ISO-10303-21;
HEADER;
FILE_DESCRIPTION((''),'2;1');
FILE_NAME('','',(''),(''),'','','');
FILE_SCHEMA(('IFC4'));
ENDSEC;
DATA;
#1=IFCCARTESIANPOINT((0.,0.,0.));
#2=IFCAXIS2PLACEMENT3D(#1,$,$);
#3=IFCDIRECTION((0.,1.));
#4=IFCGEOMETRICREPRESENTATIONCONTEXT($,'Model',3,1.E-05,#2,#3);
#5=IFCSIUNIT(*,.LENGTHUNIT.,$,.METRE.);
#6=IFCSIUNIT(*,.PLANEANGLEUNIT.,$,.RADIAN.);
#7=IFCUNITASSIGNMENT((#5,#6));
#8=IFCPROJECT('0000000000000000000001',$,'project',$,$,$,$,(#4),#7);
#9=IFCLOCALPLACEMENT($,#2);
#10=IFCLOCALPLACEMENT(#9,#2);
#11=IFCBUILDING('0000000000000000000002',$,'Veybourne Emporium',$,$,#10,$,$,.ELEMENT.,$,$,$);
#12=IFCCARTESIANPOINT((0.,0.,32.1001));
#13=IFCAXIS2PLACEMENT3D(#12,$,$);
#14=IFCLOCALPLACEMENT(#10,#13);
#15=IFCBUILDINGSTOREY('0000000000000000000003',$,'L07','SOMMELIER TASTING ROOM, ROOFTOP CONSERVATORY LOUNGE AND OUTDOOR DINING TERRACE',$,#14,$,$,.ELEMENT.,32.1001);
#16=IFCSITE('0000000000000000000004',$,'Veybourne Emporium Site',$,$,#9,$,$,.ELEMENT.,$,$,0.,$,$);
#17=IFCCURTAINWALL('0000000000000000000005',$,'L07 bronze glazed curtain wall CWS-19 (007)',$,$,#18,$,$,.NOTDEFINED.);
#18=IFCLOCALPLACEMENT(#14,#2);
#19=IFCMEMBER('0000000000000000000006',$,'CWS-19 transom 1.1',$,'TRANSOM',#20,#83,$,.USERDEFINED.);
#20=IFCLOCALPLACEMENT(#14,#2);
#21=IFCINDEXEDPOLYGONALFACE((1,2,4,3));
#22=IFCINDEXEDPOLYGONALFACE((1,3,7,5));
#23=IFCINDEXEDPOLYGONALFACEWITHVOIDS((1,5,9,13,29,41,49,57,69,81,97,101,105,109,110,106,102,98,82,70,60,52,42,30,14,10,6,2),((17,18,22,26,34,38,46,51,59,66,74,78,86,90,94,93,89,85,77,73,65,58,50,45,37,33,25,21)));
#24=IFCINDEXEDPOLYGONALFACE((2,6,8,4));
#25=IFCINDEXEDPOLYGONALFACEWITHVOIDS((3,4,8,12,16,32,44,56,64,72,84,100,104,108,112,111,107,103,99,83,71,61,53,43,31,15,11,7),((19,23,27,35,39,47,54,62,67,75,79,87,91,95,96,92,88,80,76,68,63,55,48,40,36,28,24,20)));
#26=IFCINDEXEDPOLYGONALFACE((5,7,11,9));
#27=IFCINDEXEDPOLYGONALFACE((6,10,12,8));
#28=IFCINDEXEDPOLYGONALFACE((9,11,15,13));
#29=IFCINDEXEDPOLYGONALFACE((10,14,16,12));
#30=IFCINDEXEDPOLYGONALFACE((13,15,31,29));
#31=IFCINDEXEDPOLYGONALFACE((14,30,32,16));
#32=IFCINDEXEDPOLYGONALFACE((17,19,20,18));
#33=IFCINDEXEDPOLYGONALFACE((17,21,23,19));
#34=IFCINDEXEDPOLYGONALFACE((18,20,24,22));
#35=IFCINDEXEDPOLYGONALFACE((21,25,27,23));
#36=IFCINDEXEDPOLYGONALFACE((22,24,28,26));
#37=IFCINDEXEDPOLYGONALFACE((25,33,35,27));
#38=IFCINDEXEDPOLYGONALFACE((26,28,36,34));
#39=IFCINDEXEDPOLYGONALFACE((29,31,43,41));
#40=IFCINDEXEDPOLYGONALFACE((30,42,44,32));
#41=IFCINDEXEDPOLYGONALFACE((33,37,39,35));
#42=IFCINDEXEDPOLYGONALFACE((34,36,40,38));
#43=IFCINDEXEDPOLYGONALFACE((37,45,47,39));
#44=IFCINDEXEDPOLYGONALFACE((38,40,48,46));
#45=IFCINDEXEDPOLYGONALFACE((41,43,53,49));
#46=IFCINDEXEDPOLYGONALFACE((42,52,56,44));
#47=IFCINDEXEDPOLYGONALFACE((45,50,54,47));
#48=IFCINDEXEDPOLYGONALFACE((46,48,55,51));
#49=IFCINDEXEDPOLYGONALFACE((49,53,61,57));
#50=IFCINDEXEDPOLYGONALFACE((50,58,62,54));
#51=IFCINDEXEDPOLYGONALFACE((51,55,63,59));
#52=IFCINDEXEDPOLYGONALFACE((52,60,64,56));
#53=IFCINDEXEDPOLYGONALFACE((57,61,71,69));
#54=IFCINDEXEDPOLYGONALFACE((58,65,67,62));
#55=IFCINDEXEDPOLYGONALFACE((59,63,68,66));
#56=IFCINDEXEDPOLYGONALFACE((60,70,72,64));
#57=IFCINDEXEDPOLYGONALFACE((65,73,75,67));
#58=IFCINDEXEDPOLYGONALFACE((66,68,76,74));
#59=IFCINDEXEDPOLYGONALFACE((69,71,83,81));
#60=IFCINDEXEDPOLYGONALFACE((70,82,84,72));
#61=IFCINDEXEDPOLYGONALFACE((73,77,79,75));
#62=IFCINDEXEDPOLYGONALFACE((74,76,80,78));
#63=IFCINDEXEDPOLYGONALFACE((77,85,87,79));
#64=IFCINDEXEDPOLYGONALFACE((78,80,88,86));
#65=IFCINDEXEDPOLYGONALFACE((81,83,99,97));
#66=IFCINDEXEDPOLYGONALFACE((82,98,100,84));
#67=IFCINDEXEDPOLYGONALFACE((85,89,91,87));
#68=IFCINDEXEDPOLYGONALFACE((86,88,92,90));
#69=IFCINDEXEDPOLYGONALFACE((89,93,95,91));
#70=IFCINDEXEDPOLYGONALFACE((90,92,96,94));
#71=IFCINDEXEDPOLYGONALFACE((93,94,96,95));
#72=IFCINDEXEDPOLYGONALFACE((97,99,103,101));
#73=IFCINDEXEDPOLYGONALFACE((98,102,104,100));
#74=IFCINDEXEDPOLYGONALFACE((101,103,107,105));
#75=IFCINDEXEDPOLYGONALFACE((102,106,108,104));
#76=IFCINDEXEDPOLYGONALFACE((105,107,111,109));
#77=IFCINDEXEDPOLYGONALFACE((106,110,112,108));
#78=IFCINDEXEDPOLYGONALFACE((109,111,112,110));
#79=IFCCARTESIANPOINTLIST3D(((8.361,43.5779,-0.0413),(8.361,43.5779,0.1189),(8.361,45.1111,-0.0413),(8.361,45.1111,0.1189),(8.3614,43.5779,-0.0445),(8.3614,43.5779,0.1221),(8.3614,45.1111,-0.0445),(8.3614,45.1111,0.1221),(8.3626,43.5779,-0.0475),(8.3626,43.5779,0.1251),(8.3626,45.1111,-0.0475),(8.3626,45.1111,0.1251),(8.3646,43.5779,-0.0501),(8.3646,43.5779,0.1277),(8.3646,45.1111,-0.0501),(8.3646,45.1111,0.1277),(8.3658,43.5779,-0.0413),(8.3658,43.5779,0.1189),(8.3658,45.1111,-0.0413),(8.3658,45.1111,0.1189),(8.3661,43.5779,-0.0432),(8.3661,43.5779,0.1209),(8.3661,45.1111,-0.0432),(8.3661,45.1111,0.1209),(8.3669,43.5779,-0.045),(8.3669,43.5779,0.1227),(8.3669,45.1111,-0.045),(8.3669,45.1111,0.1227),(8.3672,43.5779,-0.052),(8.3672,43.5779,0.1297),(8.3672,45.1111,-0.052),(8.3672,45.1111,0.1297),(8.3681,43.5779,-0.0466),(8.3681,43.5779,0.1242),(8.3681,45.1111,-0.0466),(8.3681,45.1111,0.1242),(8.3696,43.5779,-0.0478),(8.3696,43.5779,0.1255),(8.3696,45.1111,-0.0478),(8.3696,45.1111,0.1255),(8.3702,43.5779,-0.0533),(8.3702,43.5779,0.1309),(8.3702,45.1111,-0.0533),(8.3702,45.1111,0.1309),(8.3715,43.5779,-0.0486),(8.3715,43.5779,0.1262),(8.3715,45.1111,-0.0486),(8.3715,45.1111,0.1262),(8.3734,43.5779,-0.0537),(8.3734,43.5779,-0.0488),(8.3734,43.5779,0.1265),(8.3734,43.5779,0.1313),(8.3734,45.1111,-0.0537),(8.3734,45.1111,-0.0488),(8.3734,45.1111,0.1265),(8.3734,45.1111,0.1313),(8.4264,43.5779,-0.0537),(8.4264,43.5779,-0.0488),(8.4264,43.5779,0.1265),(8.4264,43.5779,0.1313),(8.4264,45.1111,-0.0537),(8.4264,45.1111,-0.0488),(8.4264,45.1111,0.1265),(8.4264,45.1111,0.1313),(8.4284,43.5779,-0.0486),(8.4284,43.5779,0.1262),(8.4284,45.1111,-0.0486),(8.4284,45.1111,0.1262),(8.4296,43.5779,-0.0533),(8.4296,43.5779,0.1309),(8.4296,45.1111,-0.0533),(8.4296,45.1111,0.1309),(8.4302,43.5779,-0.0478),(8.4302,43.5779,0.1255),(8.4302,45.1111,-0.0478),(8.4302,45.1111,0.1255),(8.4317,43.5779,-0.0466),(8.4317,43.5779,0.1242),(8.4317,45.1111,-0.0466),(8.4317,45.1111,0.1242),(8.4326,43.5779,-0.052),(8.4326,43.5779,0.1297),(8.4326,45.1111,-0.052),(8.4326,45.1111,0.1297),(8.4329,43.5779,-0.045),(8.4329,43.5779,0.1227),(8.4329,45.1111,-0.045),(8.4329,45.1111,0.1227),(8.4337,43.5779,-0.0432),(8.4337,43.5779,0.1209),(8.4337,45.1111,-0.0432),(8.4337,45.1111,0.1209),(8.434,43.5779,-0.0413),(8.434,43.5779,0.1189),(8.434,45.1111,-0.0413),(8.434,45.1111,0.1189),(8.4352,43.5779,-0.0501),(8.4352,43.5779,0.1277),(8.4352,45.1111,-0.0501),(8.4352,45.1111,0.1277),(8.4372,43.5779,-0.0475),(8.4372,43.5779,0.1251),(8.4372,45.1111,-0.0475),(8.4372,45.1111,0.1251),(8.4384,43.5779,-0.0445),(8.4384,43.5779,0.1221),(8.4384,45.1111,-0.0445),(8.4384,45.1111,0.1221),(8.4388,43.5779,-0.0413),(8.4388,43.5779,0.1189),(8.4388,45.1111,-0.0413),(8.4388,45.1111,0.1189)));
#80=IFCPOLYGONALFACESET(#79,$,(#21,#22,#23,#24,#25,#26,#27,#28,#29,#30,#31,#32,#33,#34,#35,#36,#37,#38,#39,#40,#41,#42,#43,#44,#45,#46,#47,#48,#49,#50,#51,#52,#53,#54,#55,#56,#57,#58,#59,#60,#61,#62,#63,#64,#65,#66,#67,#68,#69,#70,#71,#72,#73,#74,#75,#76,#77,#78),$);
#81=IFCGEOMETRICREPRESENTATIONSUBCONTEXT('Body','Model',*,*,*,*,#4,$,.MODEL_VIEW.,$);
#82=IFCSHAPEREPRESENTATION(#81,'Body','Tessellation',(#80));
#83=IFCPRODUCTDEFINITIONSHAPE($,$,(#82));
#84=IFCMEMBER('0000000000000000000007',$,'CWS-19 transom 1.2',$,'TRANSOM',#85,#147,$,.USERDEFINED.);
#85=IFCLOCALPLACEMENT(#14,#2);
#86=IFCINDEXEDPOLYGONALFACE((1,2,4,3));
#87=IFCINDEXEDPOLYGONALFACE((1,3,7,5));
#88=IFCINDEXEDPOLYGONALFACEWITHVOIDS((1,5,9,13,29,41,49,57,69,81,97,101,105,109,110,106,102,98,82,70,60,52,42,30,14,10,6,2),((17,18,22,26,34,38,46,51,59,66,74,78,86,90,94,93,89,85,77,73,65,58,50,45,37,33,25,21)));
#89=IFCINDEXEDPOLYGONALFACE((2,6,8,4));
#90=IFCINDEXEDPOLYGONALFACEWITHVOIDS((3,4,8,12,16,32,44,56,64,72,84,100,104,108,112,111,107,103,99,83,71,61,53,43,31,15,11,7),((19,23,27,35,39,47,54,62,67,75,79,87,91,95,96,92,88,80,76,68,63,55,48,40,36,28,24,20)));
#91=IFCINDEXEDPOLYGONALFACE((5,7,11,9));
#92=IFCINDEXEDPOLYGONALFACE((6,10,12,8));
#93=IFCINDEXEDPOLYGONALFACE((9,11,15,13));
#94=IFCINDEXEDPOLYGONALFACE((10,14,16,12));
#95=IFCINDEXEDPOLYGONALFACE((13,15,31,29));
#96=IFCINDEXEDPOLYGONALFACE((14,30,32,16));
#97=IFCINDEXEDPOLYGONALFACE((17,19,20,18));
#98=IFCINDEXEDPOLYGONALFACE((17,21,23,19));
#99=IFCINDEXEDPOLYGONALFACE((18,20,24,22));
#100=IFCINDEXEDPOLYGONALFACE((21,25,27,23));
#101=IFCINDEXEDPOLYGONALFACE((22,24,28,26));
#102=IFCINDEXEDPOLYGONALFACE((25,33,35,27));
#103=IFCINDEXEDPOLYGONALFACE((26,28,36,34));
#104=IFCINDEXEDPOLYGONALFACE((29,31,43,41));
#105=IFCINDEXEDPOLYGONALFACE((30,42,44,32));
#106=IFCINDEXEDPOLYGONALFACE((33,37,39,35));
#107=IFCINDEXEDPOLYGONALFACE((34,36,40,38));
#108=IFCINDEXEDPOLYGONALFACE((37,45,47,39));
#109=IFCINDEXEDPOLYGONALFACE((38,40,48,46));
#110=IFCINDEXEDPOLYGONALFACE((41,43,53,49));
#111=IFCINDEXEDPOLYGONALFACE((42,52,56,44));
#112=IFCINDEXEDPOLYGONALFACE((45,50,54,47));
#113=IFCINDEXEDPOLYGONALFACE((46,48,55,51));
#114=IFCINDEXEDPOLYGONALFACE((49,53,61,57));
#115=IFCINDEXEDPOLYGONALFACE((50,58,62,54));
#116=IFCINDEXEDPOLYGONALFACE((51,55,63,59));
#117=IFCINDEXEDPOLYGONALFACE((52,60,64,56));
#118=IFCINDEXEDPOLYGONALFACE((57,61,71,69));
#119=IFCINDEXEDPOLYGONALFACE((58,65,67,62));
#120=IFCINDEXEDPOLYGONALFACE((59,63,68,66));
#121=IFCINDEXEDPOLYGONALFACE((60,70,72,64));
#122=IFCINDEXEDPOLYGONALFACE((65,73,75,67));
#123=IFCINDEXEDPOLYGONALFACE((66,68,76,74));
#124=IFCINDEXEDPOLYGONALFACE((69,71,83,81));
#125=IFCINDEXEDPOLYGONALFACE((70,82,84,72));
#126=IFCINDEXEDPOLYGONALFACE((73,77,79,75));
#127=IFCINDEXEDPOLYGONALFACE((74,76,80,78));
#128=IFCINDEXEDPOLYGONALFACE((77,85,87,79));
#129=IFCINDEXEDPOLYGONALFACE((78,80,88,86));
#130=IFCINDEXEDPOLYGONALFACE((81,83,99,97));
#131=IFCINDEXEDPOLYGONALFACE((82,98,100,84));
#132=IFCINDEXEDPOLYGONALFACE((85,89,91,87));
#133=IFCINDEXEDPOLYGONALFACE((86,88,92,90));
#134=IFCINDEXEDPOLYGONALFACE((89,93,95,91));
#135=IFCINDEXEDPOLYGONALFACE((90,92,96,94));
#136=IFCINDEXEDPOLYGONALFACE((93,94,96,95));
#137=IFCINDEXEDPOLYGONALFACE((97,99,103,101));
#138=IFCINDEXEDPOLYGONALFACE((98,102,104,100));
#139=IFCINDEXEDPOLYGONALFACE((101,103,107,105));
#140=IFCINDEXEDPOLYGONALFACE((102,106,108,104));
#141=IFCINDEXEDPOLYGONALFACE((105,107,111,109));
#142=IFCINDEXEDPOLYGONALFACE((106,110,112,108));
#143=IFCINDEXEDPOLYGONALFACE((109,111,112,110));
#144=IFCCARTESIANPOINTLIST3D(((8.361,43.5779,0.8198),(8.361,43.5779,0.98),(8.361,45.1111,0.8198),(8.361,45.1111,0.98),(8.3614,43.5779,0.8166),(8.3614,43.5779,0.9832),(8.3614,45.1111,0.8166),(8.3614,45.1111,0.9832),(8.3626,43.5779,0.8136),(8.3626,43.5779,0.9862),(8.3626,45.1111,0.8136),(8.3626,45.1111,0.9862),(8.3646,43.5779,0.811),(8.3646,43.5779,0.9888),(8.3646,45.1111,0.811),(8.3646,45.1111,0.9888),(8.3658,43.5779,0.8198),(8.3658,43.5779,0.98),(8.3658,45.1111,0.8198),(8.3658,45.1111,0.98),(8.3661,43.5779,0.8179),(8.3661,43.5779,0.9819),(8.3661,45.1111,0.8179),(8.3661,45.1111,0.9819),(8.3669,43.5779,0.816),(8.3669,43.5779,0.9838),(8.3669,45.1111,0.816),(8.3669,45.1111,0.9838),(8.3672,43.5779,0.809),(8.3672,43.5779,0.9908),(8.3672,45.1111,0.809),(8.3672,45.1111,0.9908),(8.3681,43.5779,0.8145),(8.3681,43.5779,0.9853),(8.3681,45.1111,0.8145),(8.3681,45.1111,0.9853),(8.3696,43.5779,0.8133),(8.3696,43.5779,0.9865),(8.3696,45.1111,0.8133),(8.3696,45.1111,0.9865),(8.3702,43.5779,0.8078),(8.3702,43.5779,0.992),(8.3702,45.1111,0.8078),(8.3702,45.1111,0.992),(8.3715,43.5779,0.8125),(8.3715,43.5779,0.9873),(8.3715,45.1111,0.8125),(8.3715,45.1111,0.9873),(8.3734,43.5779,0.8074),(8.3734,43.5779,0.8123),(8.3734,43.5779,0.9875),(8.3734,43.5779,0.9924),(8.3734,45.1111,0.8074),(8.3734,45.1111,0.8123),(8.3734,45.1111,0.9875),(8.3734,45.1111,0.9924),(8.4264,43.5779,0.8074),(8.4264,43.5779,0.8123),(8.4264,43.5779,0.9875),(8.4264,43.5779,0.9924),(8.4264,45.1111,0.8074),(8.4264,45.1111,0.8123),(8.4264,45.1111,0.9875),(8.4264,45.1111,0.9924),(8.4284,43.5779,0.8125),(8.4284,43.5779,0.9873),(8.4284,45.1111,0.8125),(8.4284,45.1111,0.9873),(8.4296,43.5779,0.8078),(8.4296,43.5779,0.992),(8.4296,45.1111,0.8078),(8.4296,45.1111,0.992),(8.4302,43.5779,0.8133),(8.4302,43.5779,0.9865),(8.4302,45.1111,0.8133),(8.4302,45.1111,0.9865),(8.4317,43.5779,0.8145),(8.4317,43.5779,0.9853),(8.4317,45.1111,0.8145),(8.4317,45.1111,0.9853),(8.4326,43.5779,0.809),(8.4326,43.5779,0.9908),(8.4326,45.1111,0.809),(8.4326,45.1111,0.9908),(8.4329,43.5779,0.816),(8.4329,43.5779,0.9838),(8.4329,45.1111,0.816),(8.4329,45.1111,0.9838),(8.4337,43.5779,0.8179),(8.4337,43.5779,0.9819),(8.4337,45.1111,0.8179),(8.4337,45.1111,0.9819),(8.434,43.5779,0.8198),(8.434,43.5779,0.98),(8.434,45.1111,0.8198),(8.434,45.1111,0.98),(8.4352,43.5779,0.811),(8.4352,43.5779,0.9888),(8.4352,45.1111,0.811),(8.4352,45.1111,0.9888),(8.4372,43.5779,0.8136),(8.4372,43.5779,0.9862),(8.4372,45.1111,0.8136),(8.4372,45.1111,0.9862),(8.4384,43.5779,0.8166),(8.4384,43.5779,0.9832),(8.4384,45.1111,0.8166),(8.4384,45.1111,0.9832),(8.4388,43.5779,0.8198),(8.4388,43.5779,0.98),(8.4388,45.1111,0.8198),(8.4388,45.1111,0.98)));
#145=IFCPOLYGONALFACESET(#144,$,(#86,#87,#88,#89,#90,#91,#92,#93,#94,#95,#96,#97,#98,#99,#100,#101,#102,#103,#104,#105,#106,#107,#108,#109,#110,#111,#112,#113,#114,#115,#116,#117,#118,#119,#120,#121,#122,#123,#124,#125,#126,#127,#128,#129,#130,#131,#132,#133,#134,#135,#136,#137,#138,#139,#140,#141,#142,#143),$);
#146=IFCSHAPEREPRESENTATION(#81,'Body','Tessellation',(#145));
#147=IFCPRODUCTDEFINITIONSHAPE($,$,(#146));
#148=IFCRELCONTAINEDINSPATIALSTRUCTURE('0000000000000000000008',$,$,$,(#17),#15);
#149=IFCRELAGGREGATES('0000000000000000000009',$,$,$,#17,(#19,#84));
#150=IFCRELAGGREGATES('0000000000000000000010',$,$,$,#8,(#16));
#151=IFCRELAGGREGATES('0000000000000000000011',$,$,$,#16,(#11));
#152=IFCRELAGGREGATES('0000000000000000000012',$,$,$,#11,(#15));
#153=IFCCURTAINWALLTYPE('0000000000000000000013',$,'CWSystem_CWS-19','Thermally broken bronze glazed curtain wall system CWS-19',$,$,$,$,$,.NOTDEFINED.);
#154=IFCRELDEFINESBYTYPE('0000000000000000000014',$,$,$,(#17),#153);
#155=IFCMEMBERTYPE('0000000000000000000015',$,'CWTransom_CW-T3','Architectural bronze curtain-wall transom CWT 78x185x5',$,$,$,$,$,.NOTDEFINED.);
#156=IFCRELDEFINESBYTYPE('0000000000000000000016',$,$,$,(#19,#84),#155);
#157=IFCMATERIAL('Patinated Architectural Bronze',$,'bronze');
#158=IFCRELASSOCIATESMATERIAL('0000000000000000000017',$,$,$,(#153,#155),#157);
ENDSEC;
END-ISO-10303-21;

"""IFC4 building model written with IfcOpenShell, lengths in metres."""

from ifc_helpers import new_model, si_unit, direction, frame, origin, origin_2d, place, context, subcontext, project, spatial, hollow_rectangle, extrude, material, material_profile, profile_set, type_object, element, aggregate, save


model = new_model("IFC4")

# Units and contexts
model_context = context("Model", 3, precision=1e-05, world=origin(), true_north=direction((0.0, 1.0)))
body_context = subcontext(model_context, "Body", "Model", "MODEL_VIEW")
ifc_project = project(units=[si_unit("LENGTHUNIT", "METRE"), si_unit("PLANEANGLEUNIT", "RADIAN")], contexts=[model_context])

# Site, building, storey
site_placement = place(None, origin())
site = spatial("IfcSite", under=ifc_project, at=site_placement, Name="Veybourne Emporium Site", CompositionType="ELEMENT", RefElevation=0.0)
building_placement = place(site_placement, origin())
building = spatial("IfcBuilding", under=site, at=building_placement, Name="Veybourne Emporium", CompositionType="ELEMENT")
storey_placement = place(building_placement, frame((0.0, 0.0, 32.1001)))
storey = spatial("IfcBuildingStorey", under=building, at=storey_placement, Name="L07", Description="SOMMELIER TASTING ROOM, ROOFTOP CONSERVATORY LOUNGE AND OUTDOOR DINING TERRACE", CompositionType="ELEMENT", Elevation=32.1001)

# Curtain wall, members
ifc_material_1 = material(Name="Patinated Architectural Bronze", Category="bronze")
curtain_wall_type = type_object("IfcCurtainWallType", Name="CWSystem_CWS-19", Description="Thermally broken bronze glazed curtain wall system CWS-19", PredefinedType="NOTDEFINED", material=ifc_material_1)
curtain_wall_placement = place(storey_placement, origin())
curtain_wall = element("IfcCurtainWall", 1, at=curtain_wall_placement, inside=storey, type_object=curtain_wall_type, Name="L07 bronze glazed curtain wall CWS-19 (007)", PredefinedType="NOTDEFINED")
ifc_material_profile_1 = material_profile(ifc_material_1, hollow_rectangle(XDim=0.0779, YDim=0.1851, WallThickness=0.0049, InnerFilletRadius=0.0076, OuterFilletRadius=0.0125, at=origin_2d()), Name="CWT 78x185x5")
ifc_profile_set_1 = profile_set([ifc_material_profile_1], Name="Patinated Architectural Bronze")
member_type_1 = type_object("IfcMemberType", Name="CWTransom_CW-T3", Description="Architectural bronze curtain-wall transom CWT 78x185x5", PredefinedType="NOTDEFINED", material=ifc_profile_set_1)
member_1_placement = place(storey_placement, frame((8.3999, 43.5779, 0.0388), z_axis=(0.0, 1.0, 0.0), x_axis=(-1.0, 0.0, 0.0)))
member_1 = element("IfcMember", 2, at=member_1_placement, type_object=member_type_1, Name="CWS-19 transom 1.1", ObjectType="TRANSOM", PredefinedType="USERDEFINED", context=body_context, shape_type="SweptSolid", body=[
    extrude(hollow_rectangle(XDim=0.0779, YDim=0.1851, WallThickness=0.0049, InnerFilletRadius=0.0076, OuterFilletRadius=0.0125, at=origin_2d()), origin(), (0.0, 0.0, 1.0), 1.5332),
])
member_2_placement = place(storey_placement, frame((8.3999, 43.5779, 0.8999), z_axis=(0.0, 1.0, 0.0), x_axis=(-1.0, 0.0, 0.0)))
member_2 = element("IfcMember", 3, at=member_2_placement, type_object=member_type_1, Name="CWS-19 transom 1.2", ObjectType="TRANSOM", PredefinedType="USERDEFINED", context=body_context, shape_type="SweptSolid", body=[
    extrude(hollow_rectangle(XDim=0.0779, YDim=0.1851, WallThickness=0.0049, InnerFilletRadius=0.0076, OuterFilletRadius=0.0125, at=origin_2d()), origin(), (0.0, 0.0, 1.0), 1.5332),
])

aggregate(curtain_wall, [member_1, member_2])

save(model, "model.ifc")
